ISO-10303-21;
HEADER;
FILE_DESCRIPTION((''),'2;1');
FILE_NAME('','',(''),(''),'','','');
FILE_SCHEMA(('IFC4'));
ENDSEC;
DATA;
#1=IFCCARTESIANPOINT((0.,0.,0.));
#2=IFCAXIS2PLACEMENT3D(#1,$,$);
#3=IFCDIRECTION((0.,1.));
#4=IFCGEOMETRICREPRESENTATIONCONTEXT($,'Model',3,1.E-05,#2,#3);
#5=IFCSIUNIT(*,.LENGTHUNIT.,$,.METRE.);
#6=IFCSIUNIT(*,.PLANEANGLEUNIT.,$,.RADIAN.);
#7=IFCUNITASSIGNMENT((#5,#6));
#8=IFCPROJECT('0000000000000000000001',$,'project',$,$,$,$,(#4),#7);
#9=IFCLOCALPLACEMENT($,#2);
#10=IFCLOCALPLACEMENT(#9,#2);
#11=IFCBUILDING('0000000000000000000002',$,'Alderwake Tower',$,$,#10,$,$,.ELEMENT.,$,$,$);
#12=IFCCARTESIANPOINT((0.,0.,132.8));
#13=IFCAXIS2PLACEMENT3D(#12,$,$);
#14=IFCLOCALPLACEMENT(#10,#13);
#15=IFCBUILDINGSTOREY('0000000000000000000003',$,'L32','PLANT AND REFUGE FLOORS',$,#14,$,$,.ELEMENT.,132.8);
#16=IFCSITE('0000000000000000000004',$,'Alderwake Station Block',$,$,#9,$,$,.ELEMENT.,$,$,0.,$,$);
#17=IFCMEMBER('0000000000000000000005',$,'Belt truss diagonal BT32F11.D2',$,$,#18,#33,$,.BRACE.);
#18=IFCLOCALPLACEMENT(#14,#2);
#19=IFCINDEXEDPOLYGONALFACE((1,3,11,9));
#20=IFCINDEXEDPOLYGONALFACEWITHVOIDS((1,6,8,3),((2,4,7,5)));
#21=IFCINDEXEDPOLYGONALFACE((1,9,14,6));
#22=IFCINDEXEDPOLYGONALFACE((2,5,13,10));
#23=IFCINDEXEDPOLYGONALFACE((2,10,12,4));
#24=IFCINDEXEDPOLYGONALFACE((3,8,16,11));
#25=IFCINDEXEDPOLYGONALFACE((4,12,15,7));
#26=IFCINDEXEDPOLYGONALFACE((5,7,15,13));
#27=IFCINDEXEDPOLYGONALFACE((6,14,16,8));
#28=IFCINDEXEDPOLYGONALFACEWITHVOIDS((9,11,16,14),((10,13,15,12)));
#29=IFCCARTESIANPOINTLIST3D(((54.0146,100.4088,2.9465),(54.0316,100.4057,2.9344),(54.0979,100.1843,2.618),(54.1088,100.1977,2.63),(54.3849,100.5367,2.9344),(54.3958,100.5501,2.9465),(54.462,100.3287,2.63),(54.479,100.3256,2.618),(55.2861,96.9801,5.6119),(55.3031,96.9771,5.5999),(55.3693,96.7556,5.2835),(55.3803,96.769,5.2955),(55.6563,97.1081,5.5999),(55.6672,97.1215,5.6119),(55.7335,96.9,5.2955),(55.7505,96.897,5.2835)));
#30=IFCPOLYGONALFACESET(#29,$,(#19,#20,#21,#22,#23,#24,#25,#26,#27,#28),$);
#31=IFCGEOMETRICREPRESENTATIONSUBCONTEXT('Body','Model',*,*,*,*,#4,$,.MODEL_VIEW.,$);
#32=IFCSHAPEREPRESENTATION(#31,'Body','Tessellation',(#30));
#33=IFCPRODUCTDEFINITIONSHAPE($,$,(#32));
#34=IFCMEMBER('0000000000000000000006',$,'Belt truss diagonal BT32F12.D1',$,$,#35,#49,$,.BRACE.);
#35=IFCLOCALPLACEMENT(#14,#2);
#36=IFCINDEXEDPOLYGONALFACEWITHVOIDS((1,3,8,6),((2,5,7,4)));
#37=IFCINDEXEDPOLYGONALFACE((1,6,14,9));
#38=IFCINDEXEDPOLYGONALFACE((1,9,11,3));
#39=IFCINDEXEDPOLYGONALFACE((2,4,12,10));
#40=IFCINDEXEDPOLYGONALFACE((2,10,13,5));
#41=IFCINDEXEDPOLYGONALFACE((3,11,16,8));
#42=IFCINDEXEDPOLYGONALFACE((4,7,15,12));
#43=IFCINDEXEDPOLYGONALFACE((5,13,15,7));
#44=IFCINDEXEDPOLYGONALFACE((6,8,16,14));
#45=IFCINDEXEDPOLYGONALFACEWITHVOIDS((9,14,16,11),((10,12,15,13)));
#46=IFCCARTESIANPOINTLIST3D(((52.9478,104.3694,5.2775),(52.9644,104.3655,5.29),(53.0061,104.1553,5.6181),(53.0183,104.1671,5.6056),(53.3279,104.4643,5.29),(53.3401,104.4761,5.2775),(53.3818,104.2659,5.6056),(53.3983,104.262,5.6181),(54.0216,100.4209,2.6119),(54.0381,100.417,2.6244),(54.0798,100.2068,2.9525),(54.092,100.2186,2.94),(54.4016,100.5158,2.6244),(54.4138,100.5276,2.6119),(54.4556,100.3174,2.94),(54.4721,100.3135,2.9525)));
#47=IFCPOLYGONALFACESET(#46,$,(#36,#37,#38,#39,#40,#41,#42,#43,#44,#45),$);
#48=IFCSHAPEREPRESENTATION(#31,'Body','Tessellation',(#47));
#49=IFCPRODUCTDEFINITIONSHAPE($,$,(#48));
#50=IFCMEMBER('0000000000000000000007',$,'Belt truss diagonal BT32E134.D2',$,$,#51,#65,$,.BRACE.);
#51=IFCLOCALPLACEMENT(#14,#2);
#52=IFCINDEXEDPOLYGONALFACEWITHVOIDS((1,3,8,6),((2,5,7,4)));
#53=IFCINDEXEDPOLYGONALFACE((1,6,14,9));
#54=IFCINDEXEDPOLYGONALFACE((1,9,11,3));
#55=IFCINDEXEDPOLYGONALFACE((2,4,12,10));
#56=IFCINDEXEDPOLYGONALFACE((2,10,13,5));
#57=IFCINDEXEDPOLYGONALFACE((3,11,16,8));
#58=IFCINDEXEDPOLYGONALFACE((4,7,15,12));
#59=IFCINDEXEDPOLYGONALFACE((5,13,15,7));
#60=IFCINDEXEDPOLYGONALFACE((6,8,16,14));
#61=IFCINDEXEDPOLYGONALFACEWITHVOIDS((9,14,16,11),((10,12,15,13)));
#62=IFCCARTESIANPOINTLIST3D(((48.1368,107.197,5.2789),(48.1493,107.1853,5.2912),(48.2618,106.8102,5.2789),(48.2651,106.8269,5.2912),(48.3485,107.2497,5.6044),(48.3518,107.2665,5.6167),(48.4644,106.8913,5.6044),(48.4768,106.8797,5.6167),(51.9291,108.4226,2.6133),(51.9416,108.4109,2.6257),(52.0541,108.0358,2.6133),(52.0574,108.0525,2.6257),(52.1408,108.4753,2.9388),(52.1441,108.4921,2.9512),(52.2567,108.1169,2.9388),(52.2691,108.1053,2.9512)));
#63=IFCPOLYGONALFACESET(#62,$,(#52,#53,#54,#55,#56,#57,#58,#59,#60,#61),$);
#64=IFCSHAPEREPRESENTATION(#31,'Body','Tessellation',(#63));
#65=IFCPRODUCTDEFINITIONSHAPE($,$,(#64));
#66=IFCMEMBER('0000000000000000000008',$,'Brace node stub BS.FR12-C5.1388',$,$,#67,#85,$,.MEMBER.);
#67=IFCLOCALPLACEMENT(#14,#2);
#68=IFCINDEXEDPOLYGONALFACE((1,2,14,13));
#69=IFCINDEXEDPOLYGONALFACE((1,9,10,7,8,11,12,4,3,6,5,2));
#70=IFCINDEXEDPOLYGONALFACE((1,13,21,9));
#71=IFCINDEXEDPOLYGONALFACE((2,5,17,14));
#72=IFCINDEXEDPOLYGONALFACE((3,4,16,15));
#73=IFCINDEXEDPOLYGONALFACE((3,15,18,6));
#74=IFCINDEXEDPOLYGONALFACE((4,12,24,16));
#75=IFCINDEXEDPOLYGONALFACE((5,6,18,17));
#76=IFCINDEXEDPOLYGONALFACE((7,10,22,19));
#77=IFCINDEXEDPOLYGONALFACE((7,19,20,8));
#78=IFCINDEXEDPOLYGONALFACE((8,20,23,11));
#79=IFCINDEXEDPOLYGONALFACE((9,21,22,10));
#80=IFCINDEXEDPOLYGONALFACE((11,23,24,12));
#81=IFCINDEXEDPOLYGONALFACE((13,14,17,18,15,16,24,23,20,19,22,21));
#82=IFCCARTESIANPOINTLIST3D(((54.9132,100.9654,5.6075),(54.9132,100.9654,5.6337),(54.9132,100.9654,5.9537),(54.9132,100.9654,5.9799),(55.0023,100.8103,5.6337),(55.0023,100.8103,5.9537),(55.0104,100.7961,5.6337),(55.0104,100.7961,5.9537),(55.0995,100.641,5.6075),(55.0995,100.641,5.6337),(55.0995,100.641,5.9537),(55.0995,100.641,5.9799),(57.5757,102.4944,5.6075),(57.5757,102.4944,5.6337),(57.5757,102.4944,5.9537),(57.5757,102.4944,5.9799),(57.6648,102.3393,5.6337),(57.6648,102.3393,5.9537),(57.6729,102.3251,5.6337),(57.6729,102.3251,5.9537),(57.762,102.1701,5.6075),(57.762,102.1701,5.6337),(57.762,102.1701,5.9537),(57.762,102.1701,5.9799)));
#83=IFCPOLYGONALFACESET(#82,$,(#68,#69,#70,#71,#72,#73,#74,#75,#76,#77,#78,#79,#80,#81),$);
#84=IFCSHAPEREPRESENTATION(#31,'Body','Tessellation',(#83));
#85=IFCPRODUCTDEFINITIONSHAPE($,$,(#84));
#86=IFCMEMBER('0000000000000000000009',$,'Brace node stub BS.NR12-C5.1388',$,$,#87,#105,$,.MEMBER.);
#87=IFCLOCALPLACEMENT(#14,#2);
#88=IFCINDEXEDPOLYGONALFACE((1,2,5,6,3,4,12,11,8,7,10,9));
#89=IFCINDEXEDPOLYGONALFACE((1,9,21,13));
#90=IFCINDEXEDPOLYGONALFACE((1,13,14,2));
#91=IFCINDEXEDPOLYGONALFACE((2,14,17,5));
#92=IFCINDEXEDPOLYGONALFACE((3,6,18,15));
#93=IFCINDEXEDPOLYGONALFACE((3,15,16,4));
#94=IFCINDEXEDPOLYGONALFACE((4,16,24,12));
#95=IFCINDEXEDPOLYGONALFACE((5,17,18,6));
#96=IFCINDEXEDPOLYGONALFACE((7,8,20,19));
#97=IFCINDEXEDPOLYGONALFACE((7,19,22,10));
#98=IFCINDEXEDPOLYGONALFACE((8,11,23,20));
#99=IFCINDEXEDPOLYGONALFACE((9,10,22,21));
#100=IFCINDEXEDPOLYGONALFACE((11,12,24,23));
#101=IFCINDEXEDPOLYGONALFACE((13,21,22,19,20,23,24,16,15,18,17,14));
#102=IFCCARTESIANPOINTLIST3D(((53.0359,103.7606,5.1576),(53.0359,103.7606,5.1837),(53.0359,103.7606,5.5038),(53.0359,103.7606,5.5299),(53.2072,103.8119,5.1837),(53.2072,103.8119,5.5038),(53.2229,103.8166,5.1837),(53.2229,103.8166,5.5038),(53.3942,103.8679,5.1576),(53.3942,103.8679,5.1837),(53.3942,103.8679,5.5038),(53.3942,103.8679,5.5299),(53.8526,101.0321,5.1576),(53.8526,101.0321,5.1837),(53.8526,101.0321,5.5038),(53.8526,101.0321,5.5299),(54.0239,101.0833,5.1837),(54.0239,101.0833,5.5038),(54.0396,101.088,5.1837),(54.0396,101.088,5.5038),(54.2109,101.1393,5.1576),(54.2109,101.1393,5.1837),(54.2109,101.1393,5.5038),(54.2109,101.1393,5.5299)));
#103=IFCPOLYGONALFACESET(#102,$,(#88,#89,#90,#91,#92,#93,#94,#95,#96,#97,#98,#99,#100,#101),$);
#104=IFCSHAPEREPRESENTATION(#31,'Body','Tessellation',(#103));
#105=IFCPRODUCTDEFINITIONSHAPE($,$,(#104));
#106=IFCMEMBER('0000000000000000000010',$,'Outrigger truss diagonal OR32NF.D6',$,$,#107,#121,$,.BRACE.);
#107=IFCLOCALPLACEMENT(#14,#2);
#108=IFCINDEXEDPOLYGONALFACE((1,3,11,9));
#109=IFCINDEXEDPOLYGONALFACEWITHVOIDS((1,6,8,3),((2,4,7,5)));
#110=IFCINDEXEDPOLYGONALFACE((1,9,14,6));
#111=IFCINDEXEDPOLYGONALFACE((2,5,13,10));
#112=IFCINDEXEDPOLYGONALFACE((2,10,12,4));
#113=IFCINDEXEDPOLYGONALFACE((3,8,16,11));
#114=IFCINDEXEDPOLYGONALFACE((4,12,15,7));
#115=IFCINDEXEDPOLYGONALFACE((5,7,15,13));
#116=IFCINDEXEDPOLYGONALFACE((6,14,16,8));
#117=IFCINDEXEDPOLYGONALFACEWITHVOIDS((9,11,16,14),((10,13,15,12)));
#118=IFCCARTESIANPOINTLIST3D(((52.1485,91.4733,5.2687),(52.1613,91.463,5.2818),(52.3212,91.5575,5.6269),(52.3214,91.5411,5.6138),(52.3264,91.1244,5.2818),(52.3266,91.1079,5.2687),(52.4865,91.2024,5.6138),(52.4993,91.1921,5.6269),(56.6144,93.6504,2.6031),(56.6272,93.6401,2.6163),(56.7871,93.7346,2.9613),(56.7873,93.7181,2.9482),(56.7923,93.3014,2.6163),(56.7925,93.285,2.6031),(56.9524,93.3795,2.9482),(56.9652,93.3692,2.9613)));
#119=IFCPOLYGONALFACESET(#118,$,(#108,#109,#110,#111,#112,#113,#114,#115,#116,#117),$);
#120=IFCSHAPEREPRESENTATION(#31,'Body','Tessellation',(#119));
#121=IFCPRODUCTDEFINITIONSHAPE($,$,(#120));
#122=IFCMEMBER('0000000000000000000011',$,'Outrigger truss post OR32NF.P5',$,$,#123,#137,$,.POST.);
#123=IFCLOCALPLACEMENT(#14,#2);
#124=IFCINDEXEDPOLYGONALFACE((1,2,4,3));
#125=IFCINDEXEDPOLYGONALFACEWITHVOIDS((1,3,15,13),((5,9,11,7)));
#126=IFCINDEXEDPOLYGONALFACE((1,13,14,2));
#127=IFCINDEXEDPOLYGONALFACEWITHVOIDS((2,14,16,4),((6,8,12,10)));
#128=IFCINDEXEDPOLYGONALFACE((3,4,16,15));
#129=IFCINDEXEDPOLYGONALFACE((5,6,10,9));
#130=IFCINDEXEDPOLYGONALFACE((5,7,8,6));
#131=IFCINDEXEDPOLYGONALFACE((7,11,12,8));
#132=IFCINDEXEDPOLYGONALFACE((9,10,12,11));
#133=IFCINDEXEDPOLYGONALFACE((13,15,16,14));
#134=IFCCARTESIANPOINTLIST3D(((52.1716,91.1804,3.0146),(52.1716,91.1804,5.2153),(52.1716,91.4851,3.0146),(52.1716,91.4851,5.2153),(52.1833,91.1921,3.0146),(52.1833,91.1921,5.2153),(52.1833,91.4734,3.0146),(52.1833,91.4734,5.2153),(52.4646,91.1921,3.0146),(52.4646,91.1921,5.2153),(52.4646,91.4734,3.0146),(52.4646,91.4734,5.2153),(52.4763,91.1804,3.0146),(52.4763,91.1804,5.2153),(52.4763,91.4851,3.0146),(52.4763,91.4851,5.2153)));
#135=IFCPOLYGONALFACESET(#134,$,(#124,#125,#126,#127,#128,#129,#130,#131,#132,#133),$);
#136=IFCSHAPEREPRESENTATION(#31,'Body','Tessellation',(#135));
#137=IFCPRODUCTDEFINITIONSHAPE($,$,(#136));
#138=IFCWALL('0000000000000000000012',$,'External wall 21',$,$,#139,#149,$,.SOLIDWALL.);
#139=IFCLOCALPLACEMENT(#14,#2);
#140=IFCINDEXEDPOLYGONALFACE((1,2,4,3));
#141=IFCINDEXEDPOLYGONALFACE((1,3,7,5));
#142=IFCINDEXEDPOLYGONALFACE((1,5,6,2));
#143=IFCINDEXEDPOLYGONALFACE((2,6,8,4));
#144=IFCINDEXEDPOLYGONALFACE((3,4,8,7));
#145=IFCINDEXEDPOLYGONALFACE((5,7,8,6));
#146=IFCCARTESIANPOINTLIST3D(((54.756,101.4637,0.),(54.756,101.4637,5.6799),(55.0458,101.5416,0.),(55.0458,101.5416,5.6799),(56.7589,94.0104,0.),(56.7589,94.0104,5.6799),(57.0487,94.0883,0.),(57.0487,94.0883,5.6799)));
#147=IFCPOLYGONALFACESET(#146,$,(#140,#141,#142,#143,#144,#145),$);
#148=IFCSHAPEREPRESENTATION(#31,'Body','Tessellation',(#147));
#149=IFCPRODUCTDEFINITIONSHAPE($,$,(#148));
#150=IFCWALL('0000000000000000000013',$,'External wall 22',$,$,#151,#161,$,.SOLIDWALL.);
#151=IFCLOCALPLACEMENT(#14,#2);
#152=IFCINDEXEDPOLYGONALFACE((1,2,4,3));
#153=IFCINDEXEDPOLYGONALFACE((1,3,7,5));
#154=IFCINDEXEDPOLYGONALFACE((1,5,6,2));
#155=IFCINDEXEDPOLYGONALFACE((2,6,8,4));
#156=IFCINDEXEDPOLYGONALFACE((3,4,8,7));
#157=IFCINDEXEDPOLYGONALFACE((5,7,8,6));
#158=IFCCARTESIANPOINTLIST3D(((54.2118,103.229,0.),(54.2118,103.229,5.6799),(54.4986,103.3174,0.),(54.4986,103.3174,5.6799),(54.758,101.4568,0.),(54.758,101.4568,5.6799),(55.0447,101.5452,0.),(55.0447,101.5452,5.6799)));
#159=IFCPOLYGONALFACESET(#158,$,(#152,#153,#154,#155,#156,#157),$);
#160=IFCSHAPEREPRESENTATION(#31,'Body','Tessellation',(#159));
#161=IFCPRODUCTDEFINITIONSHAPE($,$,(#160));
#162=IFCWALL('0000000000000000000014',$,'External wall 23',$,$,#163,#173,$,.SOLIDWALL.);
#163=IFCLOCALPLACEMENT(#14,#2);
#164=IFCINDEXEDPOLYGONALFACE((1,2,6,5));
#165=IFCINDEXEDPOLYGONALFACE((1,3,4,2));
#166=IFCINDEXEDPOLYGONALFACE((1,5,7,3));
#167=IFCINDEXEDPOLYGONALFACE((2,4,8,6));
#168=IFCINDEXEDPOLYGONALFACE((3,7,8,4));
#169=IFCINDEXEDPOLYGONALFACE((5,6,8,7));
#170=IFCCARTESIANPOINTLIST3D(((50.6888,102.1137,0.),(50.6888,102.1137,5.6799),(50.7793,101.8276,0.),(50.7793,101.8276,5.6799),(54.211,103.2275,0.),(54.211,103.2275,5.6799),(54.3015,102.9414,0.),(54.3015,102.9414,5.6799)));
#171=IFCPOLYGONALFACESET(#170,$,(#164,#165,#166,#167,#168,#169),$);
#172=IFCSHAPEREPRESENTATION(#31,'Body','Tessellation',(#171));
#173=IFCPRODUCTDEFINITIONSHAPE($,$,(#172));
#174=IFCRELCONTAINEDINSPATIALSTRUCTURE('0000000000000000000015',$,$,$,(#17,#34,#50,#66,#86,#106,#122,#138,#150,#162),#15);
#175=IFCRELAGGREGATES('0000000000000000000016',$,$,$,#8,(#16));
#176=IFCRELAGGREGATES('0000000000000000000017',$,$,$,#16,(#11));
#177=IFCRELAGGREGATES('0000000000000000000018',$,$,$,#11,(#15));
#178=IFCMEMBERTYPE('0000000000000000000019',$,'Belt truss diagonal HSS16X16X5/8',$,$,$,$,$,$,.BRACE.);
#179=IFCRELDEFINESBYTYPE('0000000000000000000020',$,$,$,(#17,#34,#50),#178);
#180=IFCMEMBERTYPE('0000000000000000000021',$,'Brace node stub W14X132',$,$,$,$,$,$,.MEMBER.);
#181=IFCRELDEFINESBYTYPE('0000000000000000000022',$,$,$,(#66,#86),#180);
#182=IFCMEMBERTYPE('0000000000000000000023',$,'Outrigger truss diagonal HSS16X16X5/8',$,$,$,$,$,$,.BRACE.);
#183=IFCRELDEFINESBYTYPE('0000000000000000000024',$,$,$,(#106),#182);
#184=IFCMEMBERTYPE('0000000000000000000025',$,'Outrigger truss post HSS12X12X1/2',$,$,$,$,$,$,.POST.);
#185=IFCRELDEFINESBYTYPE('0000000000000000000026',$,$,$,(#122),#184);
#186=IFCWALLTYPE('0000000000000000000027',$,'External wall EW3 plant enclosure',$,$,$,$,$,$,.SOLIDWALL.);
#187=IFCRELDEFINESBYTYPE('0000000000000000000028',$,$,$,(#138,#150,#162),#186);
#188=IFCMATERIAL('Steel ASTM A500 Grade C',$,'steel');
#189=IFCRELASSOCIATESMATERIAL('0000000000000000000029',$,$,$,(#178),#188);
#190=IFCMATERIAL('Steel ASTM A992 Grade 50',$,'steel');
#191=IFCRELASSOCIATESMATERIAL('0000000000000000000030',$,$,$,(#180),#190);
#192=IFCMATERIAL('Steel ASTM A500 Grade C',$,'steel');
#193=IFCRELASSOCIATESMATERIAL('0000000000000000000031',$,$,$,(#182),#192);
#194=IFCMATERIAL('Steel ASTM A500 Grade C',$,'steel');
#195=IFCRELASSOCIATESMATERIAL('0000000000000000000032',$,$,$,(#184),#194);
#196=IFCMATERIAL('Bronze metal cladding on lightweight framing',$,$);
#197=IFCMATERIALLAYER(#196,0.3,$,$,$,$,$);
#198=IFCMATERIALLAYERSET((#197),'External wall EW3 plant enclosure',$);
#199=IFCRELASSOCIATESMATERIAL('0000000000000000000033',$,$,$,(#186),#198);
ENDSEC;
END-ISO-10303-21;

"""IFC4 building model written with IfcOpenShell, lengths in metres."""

from ifc_helpers import new_model, si_unit, direction, frame, frame_2d, origin, origin_2d, place, context, subcontext, project, spatial, rectangle, hollow_rectangle, i_section, extrude, material, layer, layer_set, material_profile, profile_set, type_object, element, save


model = new_model("IFC4")

# Units and contexts
model_context = context("Model", 3, precision=1e-05, world=origin(), true_north=direction((0.0, 1.0)))
body_context = subcontext(model_context, "Body", "Model", "MODEL_VIEW")
ifc_project = project(units=[si_unit("LENGTHUNIT", "METRE"), si_unit("PLANEANGLEUNIT", "RADIAN")], contexts=[model_context])

# Site, building, storey
site_placement = place(None, origin())
site = spatial("IfcSite", under=ifc_project, at=site_placement, Name="Alderwake Station Block", CompositionType="ELEMENT", RefElevation=0.0)
building_placement = place(site_placement, origin())
building = spatial("IfcBuilding", under=site, at=building_placement, Name="Alderwake Tower", CompositionType="ELEMENT")
storey_placement = place(building_placement, frame((0.0, 0.0, 132.8)))
storey = spatial("IfcBuildingStorey", under=building, at=storey_placement, Name="L32", Description="PLANT AND REFUGE FLOORS", CompositionType="ELEMENT", Elevation=132.8)

# Members
ifc_material_1 = material(Name="Steel ASTM A500 Grade C", Category="steel")
ifc_material_profile_1 = material_profile(ifc_material_1, hollow_rectangle(XDim=0.4065, YDim=0.4065, WallThickness=0.0149, at=origin_2d()), Name="HSS16X16X5/8")
ifc_profile_set_1 = profile_set([ifc_material_profile_1], Name="Steel ASTM A500 Grade C")
member_type_1 = type_object("IfcMemberType", Name="Belt truss diagonal HSS16X16X5/8", PredefinedType="BRACE", material=ifc_profile_set_1)
member_1_placement = place(storey_placement, frame((54.2468, 100.3672, 2.7822), z_axis=(0.280976, -0.757687, 0.589036), x_axis=(0.937607, 0.347697, 0.0)))
element("IfcMember", 1, at=member_1_placement, inside=storey, type_object=member_type_1, Name="Belt truss diagonal BT32F11.D2", PredefinedType="BRACE", context=body_context, shape_type="SweptSolid", body=[
    extrude(hollow_rectangle(XDim=0.4065, YDim=0.4065, WallThickness=0.0149, at=origin_2d()), origin(), (0.0, 0.0, 1.0), 4.5251),
])
member_2_placement = place(storey_placement, frame((54.2468, 100.3672, 2.7822), z_axis=(-0.219869, 0.808538, 0.545824), x_axis=(-0.964958, -0.262405, 0.0)))
element("IfcMember", 2, at=member_2_placement, inside=storey, type_object=member_type_1, Name="Belt truss diagonal BT32F12.D1", PredefinedType="BRACE", context=body_context, shape_type="SweptSolid", body=[
    extrude(hollow_rectangle(XDim=0.4065, YDim=0.4065, WallThickness=0.0149, at=origin_2d()), origin(), (0.0, 0.0, 1.0), 4.8835),
])
member_3_placement = place(storey_placement, frame((52.0991, 108.2639, 2.7822), z_axis=(-0.79094, -0.255618, 0.555944), x_axis=(0.307522, -0.951541, 0.0)))
element("IfcMember", 3, at=member_3_placement, inside=storey, type_object=member_type_1, Name="Belt truss diagonal BT32E134.D2", PredefinedType="BRACE", context=body_context, shape_type="SweptSolid", body=[
    extrude(hollow_rectangle(XDim=0.4065, YDim=0.4065, WallThickness=0.0149, at=origin_2d()), origin(), (0.0, 0.0, 1.0), 4.7947),
])
ifc_material_2 = material(Name="Steel ASTM A992 Grade 50", Category="steel")
ifc_material_profile_2 = material_profile(ifc_material_2, i_section(OverallWidth=0.374, OverallDepth=0.3723, WebThickness=0.0164, FlangeThickness=0.0261, at=origin_2d()), Name="W14X132")
ifc_profile_set_2 = profile_set([ifc_material_profile_2], Name="Steel ASTM A992 Grade 50")
member_type_2 = type_object("IfcMemberType", Name="Brace node stub W14X132", PredefinedType="MEMBER", material=ifc_profile_set_2)
member_4_placement = place(storey_placement, frame((55.0063, 100.8032, 5.7937), z_axis=(0.867179, 0.497996, 0.0), x_axis=(-0.497996, 0.867179, 0.0)))
element("IfcMember", 4, at=member_4_placement, inside=storey, type_object=member_type_2, Name="Brace node stub BS.FR12-C5.1388", PredefinedType="MEMBER", context=body_context, shape_type="SweptSolid", body=[
    extrude(i_section(OverallWidth=0.374, OverallDepth=0.3723, WebThickness=0.0164, FlangeThickness=0.0261, at=origin_2d()), origin(), (0.0, 0.0, 1.0), 3.0703),
])
member_5_placement = place(storey_placement, frame((54.0317, 101.0857, 5.3438), z_axis=(-0.286734, 0.95801, 0.0), x_axis=(-0.95801, -0.286734, 0.0)))
element("IfcMember", 5, at=member_5_placement, inside=storey, type_object=member_type_2, Name="Brace node stub BS.NR12-C5.1388", PredefinedType="MEMBER", context=body_context, shape_type="SweptSolid", body=[
    extrude(i_section(OverallWidth=0.374, OverallDepth=0.3723, WebThickness=0.0164, FlangeThickness=0.0261, at=origin_2d()), origin(), (0.0, 0.0, 1.0), 2.8481),
])
ifc_material_3 = material(Name="Steel ASTM A500 Grade C", Category="steel")
ifc_material_profile_3 = material_profile(ifc_material_3, hollow_rectangle(XDim=0.4065, YDim=0.4065, WallThickness=0.0149, at=origin_2d()), Name="HSS16X16X5/8")
ifc_profile_set_3 = profile_set([ifc_material_profile_3], Name="Steel ASTM A500 Grade C")
member_type_3 = type_object("IfcMemberType", Name="Outrigger truss diagonal HSS16X16X5/8", PredefinedType="BRACE", material=ifc_profile_set_3)
member_6_placement = place(storey_placement, frame((56.7898, 93.5098, 2.7822), z_axis=(-0.792082, -0.386125, 0.472772), x_axis=(0.438188, -0.898883, 0.0)))
element("IfcMember", 6, at=member_6_placement, inside=storey, type_object=member_type_3, Name="Outrigger truss diagonal OR32NF.D6", PredefinedType="BRACE", context=body_context, shape_type="SweptSolid", body=[
    extrude(hollow_rectangle(XDim=0.4065, YDim=0.4065, WallThickness=0.0149, at=origin_2d()), origin(), (0.0, 0.0, 1.0), 5.6382),
])
ifc_material_4 = material(Name="Steel ASTM A500 Grade C", Category="steel")
ifc_material_profile_4 = material_profile(ifc_material_4, hollow_rectangle(XDim=0.3047, YDim=0.3047, WallThickness=0.0117, at=origin_2d()), Name="HSS12X12X1/2")
ifc_profile_set_4 = profile_set([ifc_material_profile_4], Name="Steel ASTM A500 Grade C")
member_type_4 = type_object("IfcMemberType", Name="Outrigger truss post HSS12X12X1/2", PredefinedType="POST", material=ifc_profile_set_4)
member_7_placement = place(storey_placement, frame((52.324, 91.3328, 3.0146), z_axis=(0.0, 0.0, 1.0), x_axis=(1.0, 0.0, 0.0)))
element("IfcMember", 7, at=member_7_placement, inside=storey, type_object=member_type_4, Name="Outrigger truss post OR32NF.P5", PredefinedType="POST", context=body_context, shape_type="SweptSolid", body=[
    extrude(hollow_rectangle(XDim=0.3047, YDim=0.3047, WallThickness=0.0117, at=origin_2d()), origin(), (0.0, 0.0, 1.0), 2.2007),
])

# Walls
ifc_material_5 = material(Name="Bronze metal cladding on lightweight framing")
ifc_layer = layer(ifc_material_5, 0.3)
ifc_layer_set = layer_set([ifc_layer], Name="External wall EW3 plant enclosure")
wall_type = type_object("IfcWallType", Name="External wall EW3 plant enclosure", PredefinedType="SOLIDWALL", material=ifc_layer_set)
wall_1_placement = place(storey_placement, frame((56.9038, 94.0493, 0.0), z_axis=(0.0, 0.0, 1.0), x_axis=(-0.259521, 0.965738, 0.0)))
element("IfcWall", 8, at=wall_1_placement, inside=storey, type_object=wall_type, Name="External wall 21", PredefinedType="SOLIDWALL", context=body_context, shape_type="SweptSolid", body=[
    extrude(rectangle(XDim=7.7178, YDim=0.3, at=frame_2d((3.8589, 0.0))), origin(), (0.0, 0.0, 1.0), 5.6799),
])
wall_2_placement = place(storey_placement, frame((54.9014, 101.501, 0.0), z_axis=(0.0, 0.0, 1.0), x_axis=(-0.294502, 0.955651, 0.0)))
element("IfcWall", 9, at=wall_2_placement, inside=storey, type_object=wall_type, Name="External wall 22", PredefinedType="SOLIDWALL", context=body_context, shape_type="SweptSolid", body=[
    extrude(rectangle(XDim=1.8545, YDim=0.3, at=frame_2d((0.9272, 0.0))), origin(), (0.0, 0.0, 1.0), 5.6799),
])
wall_3_placement = place(storey_placement, frame((54.2563, 103.0845, 0.0), z_axis=(0.0, 0.0, 1.0), x_axis=(-0.953467, -0.301498, 0.0)))
element("IfcWall", 10, at=wall_3_placement, inside=storey, type_object=wall_type, Name="External wall 23", PredefinedType="SOLIDWALL", context=body_context, shape_type="SweptSolid", body=[
    extrude(rectangle(XDim=3.6941, YDim=0.3, at=frame_2d((1.8472, 0.0))), origin(), (0.0, 0.0, 1.0), 5.6799),
])

save(model, "model.ifc")
